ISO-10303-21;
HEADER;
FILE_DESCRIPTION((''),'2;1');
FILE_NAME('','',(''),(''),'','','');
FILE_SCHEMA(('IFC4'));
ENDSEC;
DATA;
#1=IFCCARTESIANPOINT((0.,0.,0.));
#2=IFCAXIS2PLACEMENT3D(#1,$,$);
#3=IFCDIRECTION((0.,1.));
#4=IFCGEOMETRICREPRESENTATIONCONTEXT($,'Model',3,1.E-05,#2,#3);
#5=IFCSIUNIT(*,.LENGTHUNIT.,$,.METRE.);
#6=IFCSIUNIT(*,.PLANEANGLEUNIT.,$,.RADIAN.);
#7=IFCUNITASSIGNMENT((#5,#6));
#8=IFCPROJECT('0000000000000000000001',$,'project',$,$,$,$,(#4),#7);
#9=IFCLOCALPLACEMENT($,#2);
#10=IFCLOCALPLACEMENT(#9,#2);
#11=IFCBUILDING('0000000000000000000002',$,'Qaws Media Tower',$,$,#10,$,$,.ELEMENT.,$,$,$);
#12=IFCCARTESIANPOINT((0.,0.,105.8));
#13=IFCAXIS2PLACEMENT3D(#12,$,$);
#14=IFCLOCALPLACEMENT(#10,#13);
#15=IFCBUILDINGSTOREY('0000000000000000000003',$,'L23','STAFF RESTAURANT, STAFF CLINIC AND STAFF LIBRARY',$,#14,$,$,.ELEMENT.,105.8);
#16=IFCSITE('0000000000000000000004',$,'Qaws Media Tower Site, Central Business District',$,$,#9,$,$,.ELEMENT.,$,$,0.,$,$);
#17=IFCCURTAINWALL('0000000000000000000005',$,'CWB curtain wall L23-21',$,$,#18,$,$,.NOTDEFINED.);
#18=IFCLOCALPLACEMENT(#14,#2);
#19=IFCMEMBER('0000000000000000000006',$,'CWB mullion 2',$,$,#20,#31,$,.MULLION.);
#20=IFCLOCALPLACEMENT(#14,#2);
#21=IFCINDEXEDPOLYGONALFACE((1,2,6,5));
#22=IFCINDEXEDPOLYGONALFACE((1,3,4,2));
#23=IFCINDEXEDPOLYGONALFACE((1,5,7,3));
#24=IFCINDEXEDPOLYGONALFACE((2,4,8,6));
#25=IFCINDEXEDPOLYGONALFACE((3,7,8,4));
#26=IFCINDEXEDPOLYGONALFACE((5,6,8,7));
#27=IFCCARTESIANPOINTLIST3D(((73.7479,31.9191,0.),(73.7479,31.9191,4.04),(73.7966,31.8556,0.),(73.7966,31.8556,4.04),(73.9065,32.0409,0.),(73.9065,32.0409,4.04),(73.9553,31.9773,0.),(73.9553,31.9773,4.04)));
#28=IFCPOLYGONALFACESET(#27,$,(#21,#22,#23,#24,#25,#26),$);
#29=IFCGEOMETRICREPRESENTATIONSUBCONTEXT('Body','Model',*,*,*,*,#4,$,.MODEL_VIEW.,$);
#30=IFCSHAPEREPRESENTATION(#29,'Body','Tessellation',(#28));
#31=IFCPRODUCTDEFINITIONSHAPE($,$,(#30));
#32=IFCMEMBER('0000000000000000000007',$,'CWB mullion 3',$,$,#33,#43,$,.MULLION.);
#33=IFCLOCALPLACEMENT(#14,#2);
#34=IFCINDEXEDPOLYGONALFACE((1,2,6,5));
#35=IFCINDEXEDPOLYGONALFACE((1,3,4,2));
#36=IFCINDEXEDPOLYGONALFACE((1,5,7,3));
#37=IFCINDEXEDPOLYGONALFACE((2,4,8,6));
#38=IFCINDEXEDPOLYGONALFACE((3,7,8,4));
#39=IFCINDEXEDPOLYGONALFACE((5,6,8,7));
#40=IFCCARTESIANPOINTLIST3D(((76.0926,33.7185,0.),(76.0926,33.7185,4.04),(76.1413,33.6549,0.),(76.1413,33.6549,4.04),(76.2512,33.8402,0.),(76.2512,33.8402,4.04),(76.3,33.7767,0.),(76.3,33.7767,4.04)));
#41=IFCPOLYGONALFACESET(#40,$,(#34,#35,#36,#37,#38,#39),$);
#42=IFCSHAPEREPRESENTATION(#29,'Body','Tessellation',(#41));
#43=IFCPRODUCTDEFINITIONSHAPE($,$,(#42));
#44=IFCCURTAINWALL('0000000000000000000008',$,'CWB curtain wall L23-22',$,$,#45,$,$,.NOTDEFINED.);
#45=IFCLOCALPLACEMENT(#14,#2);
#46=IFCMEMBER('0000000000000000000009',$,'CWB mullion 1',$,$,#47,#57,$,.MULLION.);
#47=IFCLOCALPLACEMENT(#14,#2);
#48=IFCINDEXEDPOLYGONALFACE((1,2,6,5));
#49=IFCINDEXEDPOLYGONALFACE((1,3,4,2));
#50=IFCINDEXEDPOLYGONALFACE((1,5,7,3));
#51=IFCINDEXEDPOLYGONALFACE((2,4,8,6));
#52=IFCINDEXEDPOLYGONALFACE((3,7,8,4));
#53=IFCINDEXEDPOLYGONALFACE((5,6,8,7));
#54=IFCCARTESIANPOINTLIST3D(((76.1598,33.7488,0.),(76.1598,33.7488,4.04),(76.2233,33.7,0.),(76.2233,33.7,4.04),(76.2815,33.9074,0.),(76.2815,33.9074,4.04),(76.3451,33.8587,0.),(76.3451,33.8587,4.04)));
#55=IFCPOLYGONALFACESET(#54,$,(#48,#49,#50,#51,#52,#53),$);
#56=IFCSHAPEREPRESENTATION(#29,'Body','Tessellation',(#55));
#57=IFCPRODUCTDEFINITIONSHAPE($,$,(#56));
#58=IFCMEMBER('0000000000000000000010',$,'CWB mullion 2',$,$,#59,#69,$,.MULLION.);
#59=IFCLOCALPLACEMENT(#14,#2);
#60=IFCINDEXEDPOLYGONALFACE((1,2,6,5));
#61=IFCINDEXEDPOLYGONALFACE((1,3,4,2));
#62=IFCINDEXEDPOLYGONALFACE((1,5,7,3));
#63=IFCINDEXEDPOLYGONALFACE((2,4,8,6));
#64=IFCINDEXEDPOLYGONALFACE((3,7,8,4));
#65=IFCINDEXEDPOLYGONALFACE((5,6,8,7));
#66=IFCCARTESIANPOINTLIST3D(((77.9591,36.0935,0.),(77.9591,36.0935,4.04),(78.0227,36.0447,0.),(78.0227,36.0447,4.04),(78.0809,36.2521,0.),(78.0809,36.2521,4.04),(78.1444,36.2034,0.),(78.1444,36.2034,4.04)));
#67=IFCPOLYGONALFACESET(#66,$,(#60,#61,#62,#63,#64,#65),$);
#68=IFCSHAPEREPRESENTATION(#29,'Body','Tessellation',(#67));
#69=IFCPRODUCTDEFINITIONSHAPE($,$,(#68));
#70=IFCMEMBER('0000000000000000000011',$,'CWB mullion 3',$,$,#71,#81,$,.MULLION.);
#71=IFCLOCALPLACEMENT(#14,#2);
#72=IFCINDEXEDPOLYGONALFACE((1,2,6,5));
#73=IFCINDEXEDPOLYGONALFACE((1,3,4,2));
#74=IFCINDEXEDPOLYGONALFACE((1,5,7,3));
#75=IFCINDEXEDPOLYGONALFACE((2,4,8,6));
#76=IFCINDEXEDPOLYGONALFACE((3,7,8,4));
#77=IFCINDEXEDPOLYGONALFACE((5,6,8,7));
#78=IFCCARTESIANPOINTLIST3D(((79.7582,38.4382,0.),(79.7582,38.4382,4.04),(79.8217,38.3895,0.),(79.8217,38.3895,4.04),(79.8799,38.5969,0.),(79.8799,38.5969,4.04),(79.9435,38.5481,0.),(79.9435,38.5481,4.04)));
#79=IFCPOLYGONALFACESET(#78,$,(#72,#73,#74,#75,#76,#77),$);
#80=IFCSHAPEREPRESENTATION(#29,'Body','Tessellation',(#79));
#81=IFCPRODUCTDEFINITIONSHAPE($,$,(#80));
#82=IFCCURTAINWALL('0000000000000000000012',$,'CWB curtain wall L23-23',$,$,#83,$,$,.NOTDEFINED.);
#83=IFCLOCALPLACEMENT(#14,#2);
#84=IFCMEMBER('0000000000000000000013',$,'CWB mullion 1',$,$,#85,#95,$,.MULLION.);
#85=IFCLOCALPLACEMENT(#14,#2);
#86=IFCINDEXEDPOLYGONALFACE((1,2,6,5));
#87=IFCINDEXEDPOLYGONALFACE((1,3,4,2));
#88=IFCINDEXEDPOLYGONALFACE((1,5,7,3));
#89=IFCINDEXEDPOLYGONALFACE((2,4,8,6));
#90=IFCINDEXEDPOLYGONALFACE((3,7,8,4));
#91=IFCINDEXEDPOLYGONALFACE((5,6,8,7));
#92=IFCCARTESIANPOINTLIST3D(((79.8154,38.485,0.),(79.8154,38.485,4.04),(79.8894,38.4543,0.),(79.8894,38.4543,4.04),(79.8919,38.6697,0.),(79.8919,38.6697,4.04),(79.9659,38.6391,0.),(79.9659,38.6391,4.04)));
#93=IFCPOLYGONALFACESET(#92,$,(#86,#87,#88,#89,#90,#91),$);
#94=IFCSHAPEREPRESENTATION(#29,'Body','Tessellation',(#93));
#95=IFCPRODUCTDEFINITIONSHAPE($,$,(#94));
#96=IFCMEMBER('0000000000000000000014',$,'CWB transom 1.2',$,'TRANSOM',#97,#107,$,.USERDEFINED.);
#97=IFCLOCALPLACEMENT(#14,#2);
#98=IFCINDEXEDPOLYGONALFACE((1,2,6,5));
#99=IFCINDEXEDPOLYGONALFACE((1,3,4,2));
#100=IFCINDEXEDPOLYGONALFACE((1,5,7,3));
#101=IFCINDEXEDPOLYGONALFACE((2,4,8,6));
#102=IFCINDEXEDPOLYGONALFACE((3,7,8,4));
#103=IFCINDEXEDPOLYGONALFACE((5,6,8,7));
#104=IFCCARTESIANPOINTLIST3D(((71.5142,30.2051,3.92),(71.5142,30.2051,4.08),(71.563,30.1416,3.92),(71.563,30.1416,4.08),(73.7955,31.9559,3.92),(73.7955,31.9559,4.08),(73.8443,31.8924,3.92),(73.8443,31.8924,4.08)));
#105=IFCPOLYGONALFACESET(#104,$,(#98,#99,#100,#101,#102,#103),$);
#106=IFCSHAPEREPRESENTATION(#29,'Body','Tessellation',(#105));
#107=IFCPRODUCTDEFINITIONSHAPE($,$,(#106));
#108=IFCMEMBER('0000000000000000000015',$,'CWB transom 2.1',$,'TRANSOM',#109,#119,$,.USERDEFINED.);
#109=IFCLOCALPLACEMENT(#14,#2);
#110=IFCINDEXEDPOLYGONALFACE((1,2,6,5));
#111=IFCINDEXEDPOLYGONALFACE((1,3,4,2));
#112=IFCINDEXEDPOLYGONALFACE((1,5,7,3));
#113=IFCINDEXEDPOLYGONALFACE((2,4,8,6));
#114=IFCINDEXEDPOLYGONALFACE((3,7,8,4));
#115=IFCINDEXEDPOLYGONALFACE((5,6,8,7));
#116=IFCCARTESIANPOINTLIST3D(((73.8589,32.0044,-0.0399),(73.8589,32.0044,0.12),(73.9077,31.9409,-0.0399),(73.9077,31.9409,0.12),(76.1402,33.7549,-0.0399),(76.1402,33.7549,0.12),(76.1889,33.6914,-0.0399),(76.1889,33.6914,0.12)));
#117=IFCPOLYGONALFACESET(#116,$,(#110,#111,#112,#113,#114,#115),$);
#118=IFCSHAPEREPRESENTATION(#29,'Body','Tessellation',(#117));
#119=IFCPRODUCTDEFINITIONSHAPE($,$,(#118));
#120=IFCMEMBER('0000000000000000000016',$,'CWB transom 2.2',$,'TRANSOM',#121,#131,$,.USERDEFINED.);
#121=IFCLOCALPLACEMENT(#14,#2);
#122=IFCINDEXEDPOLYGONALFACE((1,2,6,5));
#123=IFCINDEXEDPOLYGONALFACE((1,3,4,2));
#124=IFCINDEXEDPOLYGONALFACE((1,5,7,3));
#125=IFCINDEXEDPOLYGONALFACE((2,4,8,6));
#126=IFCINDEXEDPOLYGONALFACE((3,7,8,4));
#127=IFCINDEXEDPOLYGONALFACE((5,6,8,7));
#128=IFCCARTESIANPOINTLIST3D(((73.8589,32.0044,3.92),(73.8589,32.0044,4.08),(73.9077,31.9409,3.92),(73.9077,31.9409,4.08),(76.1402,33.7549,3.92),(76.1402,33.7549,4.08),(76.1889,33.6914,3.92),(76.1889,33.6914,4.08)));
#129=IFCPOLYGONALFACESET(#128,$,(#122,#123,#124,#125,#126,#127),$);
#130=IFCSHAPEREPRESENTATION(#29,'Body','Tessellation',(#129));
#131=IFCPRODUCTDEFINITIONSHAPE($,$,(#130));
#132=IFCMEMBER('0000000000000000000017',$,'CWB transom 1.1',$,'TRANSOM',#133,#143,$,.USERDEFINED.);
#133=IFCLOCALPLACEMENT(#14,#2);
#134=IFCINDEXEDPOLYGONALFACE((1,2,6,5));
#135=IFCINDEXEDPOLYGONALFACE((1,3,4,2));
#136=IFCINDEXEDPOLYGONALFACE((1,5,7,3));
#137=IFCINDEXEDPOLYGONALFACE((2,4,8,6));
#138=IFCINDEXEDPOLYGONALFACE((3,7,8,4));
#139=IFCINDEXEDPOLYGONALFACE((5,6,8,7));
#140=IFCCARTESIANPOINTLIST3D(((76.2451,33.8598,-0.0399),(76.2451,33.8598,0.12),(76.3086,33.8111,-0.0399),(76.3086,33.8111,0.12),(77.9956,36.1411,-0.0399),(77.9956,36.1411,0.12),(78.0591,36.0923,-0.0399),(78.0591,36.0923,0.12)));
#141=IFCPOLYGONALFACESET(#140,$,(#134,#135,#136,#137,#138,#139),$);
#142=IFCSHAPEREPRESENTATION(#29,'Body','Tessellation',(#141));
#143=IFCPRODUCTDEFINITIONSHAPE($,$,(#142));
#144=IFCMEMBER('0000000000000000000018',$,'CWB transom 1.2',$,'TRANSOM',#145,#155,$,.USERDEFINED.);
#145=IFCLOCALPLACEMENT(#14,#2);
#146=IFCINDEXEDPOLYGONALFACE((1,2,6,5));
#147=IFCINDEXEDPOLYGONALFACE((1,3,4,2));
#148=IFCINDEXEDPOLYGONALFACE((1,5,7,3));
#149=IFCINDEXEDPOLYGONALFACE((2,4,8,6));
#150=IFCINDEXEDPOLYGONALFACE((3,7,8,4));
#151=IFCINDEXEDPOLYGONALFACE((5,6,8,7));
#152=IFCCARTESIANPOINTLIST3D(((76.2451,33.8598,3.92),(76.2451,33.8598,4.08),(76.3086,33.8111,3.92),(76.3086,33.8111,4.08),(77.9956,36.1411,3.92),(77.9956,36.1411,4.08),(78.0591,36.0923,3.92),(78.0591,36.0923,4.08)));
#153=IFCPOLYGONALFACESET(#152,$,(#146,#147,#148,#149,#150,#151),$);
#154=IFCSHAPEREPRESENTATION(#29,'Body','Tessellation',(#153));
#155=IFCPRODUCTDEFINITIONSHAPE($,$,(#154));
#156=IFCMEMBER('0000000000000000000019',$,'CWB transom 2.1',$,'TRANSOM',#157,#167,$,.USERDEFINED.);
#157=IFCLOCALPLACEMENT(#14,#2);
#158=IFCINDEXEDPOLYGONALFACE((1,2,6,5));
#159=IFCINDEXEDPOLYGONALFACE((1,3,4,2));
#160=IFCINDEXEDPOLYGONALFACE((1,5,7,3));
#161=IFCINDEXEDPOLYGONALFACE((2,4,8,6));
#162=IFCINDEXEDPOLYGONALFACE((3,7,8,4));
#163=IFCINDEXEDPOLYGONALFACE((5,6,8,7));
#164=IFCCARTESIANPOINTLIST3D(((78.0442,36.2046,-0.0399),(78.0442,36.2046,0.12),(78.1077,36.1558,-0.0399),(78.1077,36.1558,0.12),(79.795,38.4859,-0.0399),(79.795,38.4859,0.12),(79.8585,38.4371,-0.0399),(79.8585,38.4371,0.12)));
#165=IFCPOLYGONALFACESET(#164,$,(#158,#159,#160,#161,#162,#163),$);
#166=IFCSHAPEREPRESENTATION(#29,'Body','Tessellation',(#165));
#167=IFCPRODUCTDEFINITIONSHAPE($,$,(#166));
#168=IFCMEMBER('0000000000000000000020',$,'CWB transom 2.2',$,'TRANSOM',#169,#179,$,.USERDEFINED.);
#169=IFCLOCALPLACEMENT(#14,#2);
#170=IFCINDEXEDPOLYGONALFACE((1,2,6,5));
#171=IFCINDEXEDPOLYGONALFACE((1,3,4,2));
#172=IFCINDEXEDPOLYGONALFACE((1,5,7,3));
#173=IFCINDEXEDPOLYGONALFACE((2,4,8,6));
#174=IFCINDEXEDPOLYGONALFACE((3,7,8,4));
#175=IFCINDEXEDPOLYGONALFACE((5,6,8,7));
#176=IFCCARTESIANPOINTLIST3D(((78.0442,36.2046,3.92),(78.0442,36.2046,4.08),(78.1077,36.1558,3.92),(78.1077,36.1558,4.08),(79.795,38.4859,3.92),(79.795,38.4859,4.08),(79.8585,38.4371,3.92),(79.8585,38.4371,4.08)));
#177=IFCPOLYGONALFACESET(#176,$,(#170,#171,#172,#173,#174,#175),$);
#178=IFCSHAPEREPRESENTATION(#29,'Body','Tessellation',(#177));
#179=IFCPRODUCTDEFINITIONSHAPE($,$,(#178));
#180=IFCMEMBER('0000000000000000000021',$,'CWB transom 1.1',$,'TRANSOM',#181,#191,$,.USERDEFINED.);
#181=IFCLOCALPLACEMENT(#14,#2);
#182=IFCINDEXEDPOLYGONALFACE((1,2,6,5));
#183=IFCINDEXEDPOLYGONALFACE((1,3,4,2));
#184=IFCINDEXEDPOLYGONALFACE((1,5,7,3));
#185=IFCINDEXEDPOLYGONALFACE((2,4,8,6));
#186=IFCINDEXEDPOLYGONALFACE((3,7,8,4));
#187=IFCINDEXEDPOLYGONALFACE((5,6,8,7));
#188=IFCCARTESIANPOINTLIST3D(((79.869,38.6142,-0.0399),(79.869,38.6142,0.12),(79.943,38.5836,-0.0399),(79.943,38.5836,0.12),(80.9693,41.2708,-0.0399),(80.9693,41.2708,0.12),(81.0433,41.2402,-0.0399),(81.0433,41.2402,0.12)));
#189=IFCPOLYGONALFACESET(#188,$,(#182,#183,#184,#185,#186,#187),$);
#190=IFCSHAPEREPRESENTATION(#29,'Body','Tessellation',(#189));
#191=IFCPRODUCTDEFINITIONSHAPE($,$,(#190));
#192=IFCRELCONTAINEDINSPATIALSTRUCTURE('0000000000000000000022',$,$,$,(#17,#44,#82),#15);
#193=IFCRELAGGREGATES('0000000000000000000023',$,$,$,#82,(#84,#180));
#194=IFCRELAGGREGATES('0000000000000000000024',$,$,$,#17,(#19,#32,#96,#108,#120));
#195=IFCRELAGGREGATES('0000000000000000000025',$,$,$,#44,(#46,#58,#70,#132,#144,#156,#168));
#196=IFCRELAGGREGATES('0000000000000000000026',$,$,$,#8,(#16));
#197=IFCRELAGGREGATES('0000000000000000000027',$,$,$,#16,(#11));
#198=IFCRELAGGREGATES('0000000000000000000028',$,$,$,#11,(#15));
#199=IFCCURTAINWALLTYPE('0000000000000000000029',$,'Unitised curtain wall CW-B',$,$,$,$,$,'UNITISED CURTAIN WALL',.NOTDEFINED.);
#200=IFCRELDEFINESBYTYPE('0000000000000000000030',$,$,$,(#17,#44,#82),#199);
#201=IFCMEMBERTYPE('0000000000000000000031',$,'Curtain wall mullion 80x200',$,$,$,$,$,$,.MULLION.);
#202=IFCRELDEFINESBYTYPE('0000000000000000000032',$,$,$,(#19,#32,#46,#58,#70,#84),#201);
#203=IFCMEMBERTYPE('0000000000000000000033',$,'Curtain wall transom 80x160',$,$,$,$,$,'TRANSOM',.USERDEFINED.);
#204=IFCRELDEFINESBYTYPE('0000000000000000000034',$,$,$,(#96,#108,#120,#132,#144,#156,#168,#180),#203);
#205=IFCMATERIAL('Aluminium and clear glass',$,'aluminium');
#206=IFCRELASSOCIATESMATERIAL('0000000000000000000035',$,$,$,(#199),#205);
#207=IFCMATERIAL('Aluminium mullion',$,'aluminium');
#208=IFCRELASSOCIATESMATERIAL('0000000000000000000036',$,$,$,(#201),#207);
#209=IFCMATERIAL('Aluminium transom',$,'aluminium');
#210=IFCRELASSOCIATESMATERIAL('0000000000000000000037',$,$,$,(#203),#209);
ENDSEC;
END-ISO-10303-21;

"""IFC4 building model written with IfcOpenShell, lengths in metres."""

from ifc_helpers import new_model, si_unit, direction, frame, origin, origin_2d, place, context, subcontext, project, spatial, rectangle, extrude, material, material_profile, profile_set, type_object, element, aggregate, save


model = new_model("IFC4")

# Units and contexts
model_context = context("Model", 3, precision=1e-05, world=origin(), true_north=direction((0.0, 1.0)))
body_context = subcontext(model_context, "Body", "Model", "MODEL_VIEW")
ifc_project = project(units=[si_unit("LENGTHUNIT", "METRE"), si_unit("PLANEANGLEUNIT", "RADIAN")], contexts=[model_context])

# Site, building, storey
site_placement = place(None, origin())
site = spatial("IfcSite", under=ifc_project, at=site_placement, Name="Qaws Media Tower Site, Central Business District", CompositionType="ELEMENT", RefElevation=0.0)
building_placement = place(site_placement, origin())
building = spatial("IfcBuilding", under=site, at=building_placement, Name="Qaws Media Tower", CompositionType="ELEMENT")
storey_placement = place(building_placement, frame((0.0, 0.0, 105.8)))
storey = spatial("IfcBuildingStorey", under=building, at=storey_placement, Name="L23", Description="STAFF RESTAURANT, STAFF CLINIC AND STAFF LIBRARY", CompositionType="ELEMENT", Elevation=105.8)

# Curtain walls, members
ifc_material_1 = material(Name="Aluminium and clear glass", Category="aluminium")
curtain_wall_type = type_object("IfcCurtainWallType", Name="Unitised curtain wall CW-B", ElementType="UNITISED CURTAIN WALL", PredefinedType="NOTDEFINED", material=ifc_material_1)
curtain_wall_1_placement = place(storey_placement, origin())
curtain_wall_1 = element("IfcCurtainWall", 1, at=curtain_wall_1_placement, inside=storey, type_object=curtain_wall_type, Name="CWB curtain wall L23-21", PredefinedType="NOTDEFINED")
ifc_material_2 = material(Name="Aluminium mullion", Category="aluminium")
ifc_material_profile_1 = material_profile(ifc_material_2, rectangle(XDim=0.0801, YDim=0.2, at=origin_2d()), Name="80x200")
ifc_profile_set_1 = profile_set([ifc_material_profile_1], Name="Aluminium mullion")
member_type_1 = type_object("IfcMemberType", Name="Curtain wall mullion 80x200", PredefinedType="MULLION", material=ifc_profile_set_1)
member_1_placement = place(storey_placement, frame((73.8516, 31.9482, 0.0), z_axis=(0.0, 0.0, 1.0), x_axis=(-0.608761, 0.793353, 0.0)))
member_1 = element("IfcMember", 2, at=member_1_placement, type_object=member_type_1, Name="CWB mullion 2", PredefinedType="MULLION", context=body_context, shape_type="SweptSolid", body=[
    extrude(rectangle(XDim=0.0801, YDim=0.2, at=origin_2d()), origin(), (0.0, 0.0, 1.0), 4.04),
])
member_2_placement = place(storey_placement, frame((76.1963, 33.7476, 0.0), z_axis=(0.0, 0.0, 1.0), x_axis=(-0.608761, 0.793353, 0.0)))
member_2 = element("IfcMember", 3, at=member_2_placement, type_object=member_type_1, Name="CWB mullion 3", PredefinedType="MULLION", context=body_context, shape_type="SweptSolid", body=[
    extrude(rectangle(XDim=0.0801, YDim=0.2, at=origin_2d()), origin(), (0.0, 0.0, 1.0), 4.04),
])
curtain_wall_2_placement = place(storey_placement, origin())
curtain_wall_2 = element("IfcCurtainWall", 4, at=curtain_wall_2_placement, inside=storey, type_object=curtain_wall_type, Name="CWB curtain wall L23-22", PredefinedType="NOTDEFINED")
member_3_placement = place(storey_placement, frame((76.2524, 33.8037, 0.0), z_axis=(0.0, 0.0, 1.0), x_axis=(-0.793353, 0.608761, 0.0)))
member_3 = element("IfcMember", 5, at=member_3_placement, type_object=member_type_1, Name="CWB mullion 1", PredefinedType="MULLION", context=body_context, shape_type="SweptSolid", body=[
    extrude(rectangle(XDim=0.0801, YDim=0.2, at=origin_2d()), origin(), (0.0, 0.0, 1.0), 4.04),
])
member_4_placement = place(storey_placement, frame((78.0518, 36.1484, 0.0), z_axis=(0.0, 0.0, 1.0), x_axis=(-0.793353, 0.608761, 0.0)))
member_4 = element("IfcMember", 6, at=member_4_placement, type_object=member_type_1, Name="CWB mullion 2", PredefinedType="MULLION", context=body_context, shape_type="SweptSolid", body=[
    extrude(rectangle(XDim=0.0801, YDim=0.2, at=origin_2d()), origin(), (0.0, 0.0, 1.0), 4.04),
])
member_5_placement = place(storey_placement, frame((79.8508, 38.4932, 0.0), z_axis=(0.0, 0.0, 1.0), x_axis=(-0.793353, 0.608761, 0.0)))
member_5 = element("IfcMember", 7, at=member_5_placement, type_object=member_type_1, Name="CWB mullion 3", PredefinedType="MULLION", context=body_context, shape_type="SweptSolid", body=[
    extrude(rectangle(XDim=0.0801, YDim=0.2, at=origin_2d()), origin(), (0.0, 0.0, 1.0), 4.04),
])

# Curtain wall, member
curtain_wall_3_placement = place(storey_placement, origin())
curtain_wall_3 = element("IfcCurtainWall", 8, at=curtain_wall_3_placement, inside=storey, type_object=curtain_wall_type, Name="CWB curtain wall L23-23", PredefinedType="NOTDEFINED")
member_6_placement = place(storey_placement, frame((79.8906, 38.562, 0.0), z_axis=(0.0, 0.0, 1.0), x_axis=(-0.92388, 0.382683, 0.0)))
member_6 = element("IfcMember", 9, at=member_6_placement, type_object=member_type_1, Name="CWB mullion 1", PredefinedType="MULLION", context=body_context, shape_type="SweptSolid", body=[
    extrude(rectangle(XDim=0.0801, YDim=0.2, at=origin_2d()), origin(), (0.0, 0.0, 1.0), 4.04),
])

# Members
ifc_material_3 = material(Name="Aluminium transom", Category="aluminium")
ifc_material_profile_2 = material_profile(ifc_material_3, rectangle(XDim=0.0801, YDim=0.1599, at=origin_2d()), Name="80x160")
ifc_profile_set_2 = profile_set([ifc_material_profile_2], Name="Aluminium transom")
member_type_2 = type_object("IfcMemberType", Name="Curtain wall transom 80x160", ElementType="TRANSOM", PredefinedType="USERDEFINED", material=ifc_profile_set_2)
member_7_placement = place(storey_placement, frame((71.5386, 30.1733, 4.0), z_axis=(0.793308, 0.60882, 0.0), x_axis=(-0.60882, 0.793308, 0.0)))
member_7 = element("IfcMember", 10, at=member_7_placement, type_object=member_type_2, Name="CWB transom 1.2", ObjectType="TRANSOM", PredefinedType="USERDEFINED", context=body_context, shape_type="SweptSolid", body=[
    extrude(rectangle(XDim=0.0801, YDim=0.1599, at=origin_2d()), origin(), (0.0, 0.0, 1.0), 2.8757),
])
member_8_placement = place(storey_placement, frame((73.8833, 31.9727, 0.04), z_axis=(0.793349, 0.608767, 0.0), x_axis=(-0.608767, 0.793349, 0.0)))
member_8 = element("IfcMember", 11, at=member_8_placement, type_object=member_type_2, Name="CWB transom 2.1", ObjectType="TRANSOM", PredefinedType="USERDEFINED", context=body_context, shape_type="SweptSolid", body=[
    extrude(rectangle(XDim=0.0801, YDim=0.1599, at=origin_2d()), origin(), (0.0, 0.0, 1.0), 2.8755),
])
member_9_placement = place(storey_placement, frame((73.8833, 31.9727, 4.0), z_axis=(0.793349, 0.608767, 0.0), x_axis=(-0.608767, 0.793349, 0.0)))
member_9 = element("IfcMember", 12, at=member_9_placement, type_object=member_type_2, Name="CWB transom 2.2", ObjectType="TRANSOM", PredefinedType="USERDEFINED", context=body_context, shape_type="SweptSolid", body=[
    extrude(rectangle(XDim=0.0801, YDim=0.1599, at=origin_2d()), origin(), (0.0, 0.0, 1.0), 2.8755),
])
member_10_placement = place(storey_placement, frame((76.2769, 33.8354, 0.04), z_axis=(0.608767, 0.793349, 0.0), x_axis=(-0.793349, 0.608767, 0.0)))
member_10 = element("IfcMember", 13, at=member_10_placement, type_object=member_type_2, Name="CWB transom 1.1", ObjectType="TRANSOM", PredefinedType="USERDEFINED", context=body_context, shape_type="SweptSolid", body=[
    extrude(rectangle(XDim=0.0801, YDim=0.1599, at=origin_2d()), origin(), (0.0, 0.0, 1.0), 2.8755),
])
member_11_placement = place(storey_placement, frame((76.2769, 33.8354, 4.0), z_axis=(0.608767, 0.793349, 0.0), x_axis=(-0.793349, 0.608767, 0.0)))
member_11 = element("IfcMember", 14, at=member_11_placement, type_object=member_type_2, Name="CWB transom 1.2", ObjectType="TRANSOM", PredefinedType="USERDEFINED", context=body_context, shape_type="SweptSolid", body=[
    extrude(rectangle(XDim=0.0801, YDim=0.1599, at=origin_2d()), origin(), (0.0, 0.0, 1.0), 2.8755),
])
member_12_placement = place(storey_placement, frame((78.0759, 36.1802, 0.04), z_axis=(0.60882, 0.793308, 0.0), x_axis=(-0.793308, 0.60882, 0.0)))
member_12 = element("IfcMember", 15, at=member_12_placement, type_object=member_type_2, Name="CWB transom 2.1", ObjectType="TRANSOM", PredefinedType="USERDEFINED", context=body_context, shape_type="SweptSolid", body=[
    extrude(rectangle(XDim=0.0801, YDim=0.1599, at=origin_2d()), origin(), (0.0, 0.0, 1.0), 2.8757),
])
member_13_placement = place(storey_placement, frame((78.0759, 36.1802, 4.0), z_axis=(0.60882, 0.793308, 0.0), x_axis=(-0.793308, 0.60882, 0.0)))
member_13 = element("IfcMember", 16, at=member_13_placement, type_object=member_type_2, Name="CWB transom 2.2", ObjectType="TRANSOM", PredefinedType="USERDEFINED", context=body_context, shape_type="SweptSolid", body=[
    extrude(rectangle(XDim=0.0801, YDim=0.1599, at=origin_2d()), origin(), (0.0, 0.0, 1.0), 2.8757),
])
member_14_placement = place(storey_placement, frame((79.906, 38.5989, 0.04), z_axis=(0.382649, 0.923894, 0.0), x_axis=(-0.923894, 0.382649, 0.0)))
member_14 = element("IfcMember", 17, at=member_14_placement, type_object=member_type_2, Name="CWB transom 1.1", ObjectType="TRANSOM", PredefinedType="USERDEFINED", context=body_context, shape_type="SweptSolid", body=[
    extrude(rectangle(XDim=0.0801, YDim=0.1599, at=origin_2d()), origin(), (0.0, 0.0, 1.0), 2.8755),
])
aggregate(curtain_wall_3, [member_6, member_14])

aggregate(curtain_wall_1, [member_1, member_2, member_7, member_8, member_9])
aggregate(curtain_wall_2, [member_3, member_4, member_5, member_10, member_11, member_12, member_13])

save(model, "model.ifc")
